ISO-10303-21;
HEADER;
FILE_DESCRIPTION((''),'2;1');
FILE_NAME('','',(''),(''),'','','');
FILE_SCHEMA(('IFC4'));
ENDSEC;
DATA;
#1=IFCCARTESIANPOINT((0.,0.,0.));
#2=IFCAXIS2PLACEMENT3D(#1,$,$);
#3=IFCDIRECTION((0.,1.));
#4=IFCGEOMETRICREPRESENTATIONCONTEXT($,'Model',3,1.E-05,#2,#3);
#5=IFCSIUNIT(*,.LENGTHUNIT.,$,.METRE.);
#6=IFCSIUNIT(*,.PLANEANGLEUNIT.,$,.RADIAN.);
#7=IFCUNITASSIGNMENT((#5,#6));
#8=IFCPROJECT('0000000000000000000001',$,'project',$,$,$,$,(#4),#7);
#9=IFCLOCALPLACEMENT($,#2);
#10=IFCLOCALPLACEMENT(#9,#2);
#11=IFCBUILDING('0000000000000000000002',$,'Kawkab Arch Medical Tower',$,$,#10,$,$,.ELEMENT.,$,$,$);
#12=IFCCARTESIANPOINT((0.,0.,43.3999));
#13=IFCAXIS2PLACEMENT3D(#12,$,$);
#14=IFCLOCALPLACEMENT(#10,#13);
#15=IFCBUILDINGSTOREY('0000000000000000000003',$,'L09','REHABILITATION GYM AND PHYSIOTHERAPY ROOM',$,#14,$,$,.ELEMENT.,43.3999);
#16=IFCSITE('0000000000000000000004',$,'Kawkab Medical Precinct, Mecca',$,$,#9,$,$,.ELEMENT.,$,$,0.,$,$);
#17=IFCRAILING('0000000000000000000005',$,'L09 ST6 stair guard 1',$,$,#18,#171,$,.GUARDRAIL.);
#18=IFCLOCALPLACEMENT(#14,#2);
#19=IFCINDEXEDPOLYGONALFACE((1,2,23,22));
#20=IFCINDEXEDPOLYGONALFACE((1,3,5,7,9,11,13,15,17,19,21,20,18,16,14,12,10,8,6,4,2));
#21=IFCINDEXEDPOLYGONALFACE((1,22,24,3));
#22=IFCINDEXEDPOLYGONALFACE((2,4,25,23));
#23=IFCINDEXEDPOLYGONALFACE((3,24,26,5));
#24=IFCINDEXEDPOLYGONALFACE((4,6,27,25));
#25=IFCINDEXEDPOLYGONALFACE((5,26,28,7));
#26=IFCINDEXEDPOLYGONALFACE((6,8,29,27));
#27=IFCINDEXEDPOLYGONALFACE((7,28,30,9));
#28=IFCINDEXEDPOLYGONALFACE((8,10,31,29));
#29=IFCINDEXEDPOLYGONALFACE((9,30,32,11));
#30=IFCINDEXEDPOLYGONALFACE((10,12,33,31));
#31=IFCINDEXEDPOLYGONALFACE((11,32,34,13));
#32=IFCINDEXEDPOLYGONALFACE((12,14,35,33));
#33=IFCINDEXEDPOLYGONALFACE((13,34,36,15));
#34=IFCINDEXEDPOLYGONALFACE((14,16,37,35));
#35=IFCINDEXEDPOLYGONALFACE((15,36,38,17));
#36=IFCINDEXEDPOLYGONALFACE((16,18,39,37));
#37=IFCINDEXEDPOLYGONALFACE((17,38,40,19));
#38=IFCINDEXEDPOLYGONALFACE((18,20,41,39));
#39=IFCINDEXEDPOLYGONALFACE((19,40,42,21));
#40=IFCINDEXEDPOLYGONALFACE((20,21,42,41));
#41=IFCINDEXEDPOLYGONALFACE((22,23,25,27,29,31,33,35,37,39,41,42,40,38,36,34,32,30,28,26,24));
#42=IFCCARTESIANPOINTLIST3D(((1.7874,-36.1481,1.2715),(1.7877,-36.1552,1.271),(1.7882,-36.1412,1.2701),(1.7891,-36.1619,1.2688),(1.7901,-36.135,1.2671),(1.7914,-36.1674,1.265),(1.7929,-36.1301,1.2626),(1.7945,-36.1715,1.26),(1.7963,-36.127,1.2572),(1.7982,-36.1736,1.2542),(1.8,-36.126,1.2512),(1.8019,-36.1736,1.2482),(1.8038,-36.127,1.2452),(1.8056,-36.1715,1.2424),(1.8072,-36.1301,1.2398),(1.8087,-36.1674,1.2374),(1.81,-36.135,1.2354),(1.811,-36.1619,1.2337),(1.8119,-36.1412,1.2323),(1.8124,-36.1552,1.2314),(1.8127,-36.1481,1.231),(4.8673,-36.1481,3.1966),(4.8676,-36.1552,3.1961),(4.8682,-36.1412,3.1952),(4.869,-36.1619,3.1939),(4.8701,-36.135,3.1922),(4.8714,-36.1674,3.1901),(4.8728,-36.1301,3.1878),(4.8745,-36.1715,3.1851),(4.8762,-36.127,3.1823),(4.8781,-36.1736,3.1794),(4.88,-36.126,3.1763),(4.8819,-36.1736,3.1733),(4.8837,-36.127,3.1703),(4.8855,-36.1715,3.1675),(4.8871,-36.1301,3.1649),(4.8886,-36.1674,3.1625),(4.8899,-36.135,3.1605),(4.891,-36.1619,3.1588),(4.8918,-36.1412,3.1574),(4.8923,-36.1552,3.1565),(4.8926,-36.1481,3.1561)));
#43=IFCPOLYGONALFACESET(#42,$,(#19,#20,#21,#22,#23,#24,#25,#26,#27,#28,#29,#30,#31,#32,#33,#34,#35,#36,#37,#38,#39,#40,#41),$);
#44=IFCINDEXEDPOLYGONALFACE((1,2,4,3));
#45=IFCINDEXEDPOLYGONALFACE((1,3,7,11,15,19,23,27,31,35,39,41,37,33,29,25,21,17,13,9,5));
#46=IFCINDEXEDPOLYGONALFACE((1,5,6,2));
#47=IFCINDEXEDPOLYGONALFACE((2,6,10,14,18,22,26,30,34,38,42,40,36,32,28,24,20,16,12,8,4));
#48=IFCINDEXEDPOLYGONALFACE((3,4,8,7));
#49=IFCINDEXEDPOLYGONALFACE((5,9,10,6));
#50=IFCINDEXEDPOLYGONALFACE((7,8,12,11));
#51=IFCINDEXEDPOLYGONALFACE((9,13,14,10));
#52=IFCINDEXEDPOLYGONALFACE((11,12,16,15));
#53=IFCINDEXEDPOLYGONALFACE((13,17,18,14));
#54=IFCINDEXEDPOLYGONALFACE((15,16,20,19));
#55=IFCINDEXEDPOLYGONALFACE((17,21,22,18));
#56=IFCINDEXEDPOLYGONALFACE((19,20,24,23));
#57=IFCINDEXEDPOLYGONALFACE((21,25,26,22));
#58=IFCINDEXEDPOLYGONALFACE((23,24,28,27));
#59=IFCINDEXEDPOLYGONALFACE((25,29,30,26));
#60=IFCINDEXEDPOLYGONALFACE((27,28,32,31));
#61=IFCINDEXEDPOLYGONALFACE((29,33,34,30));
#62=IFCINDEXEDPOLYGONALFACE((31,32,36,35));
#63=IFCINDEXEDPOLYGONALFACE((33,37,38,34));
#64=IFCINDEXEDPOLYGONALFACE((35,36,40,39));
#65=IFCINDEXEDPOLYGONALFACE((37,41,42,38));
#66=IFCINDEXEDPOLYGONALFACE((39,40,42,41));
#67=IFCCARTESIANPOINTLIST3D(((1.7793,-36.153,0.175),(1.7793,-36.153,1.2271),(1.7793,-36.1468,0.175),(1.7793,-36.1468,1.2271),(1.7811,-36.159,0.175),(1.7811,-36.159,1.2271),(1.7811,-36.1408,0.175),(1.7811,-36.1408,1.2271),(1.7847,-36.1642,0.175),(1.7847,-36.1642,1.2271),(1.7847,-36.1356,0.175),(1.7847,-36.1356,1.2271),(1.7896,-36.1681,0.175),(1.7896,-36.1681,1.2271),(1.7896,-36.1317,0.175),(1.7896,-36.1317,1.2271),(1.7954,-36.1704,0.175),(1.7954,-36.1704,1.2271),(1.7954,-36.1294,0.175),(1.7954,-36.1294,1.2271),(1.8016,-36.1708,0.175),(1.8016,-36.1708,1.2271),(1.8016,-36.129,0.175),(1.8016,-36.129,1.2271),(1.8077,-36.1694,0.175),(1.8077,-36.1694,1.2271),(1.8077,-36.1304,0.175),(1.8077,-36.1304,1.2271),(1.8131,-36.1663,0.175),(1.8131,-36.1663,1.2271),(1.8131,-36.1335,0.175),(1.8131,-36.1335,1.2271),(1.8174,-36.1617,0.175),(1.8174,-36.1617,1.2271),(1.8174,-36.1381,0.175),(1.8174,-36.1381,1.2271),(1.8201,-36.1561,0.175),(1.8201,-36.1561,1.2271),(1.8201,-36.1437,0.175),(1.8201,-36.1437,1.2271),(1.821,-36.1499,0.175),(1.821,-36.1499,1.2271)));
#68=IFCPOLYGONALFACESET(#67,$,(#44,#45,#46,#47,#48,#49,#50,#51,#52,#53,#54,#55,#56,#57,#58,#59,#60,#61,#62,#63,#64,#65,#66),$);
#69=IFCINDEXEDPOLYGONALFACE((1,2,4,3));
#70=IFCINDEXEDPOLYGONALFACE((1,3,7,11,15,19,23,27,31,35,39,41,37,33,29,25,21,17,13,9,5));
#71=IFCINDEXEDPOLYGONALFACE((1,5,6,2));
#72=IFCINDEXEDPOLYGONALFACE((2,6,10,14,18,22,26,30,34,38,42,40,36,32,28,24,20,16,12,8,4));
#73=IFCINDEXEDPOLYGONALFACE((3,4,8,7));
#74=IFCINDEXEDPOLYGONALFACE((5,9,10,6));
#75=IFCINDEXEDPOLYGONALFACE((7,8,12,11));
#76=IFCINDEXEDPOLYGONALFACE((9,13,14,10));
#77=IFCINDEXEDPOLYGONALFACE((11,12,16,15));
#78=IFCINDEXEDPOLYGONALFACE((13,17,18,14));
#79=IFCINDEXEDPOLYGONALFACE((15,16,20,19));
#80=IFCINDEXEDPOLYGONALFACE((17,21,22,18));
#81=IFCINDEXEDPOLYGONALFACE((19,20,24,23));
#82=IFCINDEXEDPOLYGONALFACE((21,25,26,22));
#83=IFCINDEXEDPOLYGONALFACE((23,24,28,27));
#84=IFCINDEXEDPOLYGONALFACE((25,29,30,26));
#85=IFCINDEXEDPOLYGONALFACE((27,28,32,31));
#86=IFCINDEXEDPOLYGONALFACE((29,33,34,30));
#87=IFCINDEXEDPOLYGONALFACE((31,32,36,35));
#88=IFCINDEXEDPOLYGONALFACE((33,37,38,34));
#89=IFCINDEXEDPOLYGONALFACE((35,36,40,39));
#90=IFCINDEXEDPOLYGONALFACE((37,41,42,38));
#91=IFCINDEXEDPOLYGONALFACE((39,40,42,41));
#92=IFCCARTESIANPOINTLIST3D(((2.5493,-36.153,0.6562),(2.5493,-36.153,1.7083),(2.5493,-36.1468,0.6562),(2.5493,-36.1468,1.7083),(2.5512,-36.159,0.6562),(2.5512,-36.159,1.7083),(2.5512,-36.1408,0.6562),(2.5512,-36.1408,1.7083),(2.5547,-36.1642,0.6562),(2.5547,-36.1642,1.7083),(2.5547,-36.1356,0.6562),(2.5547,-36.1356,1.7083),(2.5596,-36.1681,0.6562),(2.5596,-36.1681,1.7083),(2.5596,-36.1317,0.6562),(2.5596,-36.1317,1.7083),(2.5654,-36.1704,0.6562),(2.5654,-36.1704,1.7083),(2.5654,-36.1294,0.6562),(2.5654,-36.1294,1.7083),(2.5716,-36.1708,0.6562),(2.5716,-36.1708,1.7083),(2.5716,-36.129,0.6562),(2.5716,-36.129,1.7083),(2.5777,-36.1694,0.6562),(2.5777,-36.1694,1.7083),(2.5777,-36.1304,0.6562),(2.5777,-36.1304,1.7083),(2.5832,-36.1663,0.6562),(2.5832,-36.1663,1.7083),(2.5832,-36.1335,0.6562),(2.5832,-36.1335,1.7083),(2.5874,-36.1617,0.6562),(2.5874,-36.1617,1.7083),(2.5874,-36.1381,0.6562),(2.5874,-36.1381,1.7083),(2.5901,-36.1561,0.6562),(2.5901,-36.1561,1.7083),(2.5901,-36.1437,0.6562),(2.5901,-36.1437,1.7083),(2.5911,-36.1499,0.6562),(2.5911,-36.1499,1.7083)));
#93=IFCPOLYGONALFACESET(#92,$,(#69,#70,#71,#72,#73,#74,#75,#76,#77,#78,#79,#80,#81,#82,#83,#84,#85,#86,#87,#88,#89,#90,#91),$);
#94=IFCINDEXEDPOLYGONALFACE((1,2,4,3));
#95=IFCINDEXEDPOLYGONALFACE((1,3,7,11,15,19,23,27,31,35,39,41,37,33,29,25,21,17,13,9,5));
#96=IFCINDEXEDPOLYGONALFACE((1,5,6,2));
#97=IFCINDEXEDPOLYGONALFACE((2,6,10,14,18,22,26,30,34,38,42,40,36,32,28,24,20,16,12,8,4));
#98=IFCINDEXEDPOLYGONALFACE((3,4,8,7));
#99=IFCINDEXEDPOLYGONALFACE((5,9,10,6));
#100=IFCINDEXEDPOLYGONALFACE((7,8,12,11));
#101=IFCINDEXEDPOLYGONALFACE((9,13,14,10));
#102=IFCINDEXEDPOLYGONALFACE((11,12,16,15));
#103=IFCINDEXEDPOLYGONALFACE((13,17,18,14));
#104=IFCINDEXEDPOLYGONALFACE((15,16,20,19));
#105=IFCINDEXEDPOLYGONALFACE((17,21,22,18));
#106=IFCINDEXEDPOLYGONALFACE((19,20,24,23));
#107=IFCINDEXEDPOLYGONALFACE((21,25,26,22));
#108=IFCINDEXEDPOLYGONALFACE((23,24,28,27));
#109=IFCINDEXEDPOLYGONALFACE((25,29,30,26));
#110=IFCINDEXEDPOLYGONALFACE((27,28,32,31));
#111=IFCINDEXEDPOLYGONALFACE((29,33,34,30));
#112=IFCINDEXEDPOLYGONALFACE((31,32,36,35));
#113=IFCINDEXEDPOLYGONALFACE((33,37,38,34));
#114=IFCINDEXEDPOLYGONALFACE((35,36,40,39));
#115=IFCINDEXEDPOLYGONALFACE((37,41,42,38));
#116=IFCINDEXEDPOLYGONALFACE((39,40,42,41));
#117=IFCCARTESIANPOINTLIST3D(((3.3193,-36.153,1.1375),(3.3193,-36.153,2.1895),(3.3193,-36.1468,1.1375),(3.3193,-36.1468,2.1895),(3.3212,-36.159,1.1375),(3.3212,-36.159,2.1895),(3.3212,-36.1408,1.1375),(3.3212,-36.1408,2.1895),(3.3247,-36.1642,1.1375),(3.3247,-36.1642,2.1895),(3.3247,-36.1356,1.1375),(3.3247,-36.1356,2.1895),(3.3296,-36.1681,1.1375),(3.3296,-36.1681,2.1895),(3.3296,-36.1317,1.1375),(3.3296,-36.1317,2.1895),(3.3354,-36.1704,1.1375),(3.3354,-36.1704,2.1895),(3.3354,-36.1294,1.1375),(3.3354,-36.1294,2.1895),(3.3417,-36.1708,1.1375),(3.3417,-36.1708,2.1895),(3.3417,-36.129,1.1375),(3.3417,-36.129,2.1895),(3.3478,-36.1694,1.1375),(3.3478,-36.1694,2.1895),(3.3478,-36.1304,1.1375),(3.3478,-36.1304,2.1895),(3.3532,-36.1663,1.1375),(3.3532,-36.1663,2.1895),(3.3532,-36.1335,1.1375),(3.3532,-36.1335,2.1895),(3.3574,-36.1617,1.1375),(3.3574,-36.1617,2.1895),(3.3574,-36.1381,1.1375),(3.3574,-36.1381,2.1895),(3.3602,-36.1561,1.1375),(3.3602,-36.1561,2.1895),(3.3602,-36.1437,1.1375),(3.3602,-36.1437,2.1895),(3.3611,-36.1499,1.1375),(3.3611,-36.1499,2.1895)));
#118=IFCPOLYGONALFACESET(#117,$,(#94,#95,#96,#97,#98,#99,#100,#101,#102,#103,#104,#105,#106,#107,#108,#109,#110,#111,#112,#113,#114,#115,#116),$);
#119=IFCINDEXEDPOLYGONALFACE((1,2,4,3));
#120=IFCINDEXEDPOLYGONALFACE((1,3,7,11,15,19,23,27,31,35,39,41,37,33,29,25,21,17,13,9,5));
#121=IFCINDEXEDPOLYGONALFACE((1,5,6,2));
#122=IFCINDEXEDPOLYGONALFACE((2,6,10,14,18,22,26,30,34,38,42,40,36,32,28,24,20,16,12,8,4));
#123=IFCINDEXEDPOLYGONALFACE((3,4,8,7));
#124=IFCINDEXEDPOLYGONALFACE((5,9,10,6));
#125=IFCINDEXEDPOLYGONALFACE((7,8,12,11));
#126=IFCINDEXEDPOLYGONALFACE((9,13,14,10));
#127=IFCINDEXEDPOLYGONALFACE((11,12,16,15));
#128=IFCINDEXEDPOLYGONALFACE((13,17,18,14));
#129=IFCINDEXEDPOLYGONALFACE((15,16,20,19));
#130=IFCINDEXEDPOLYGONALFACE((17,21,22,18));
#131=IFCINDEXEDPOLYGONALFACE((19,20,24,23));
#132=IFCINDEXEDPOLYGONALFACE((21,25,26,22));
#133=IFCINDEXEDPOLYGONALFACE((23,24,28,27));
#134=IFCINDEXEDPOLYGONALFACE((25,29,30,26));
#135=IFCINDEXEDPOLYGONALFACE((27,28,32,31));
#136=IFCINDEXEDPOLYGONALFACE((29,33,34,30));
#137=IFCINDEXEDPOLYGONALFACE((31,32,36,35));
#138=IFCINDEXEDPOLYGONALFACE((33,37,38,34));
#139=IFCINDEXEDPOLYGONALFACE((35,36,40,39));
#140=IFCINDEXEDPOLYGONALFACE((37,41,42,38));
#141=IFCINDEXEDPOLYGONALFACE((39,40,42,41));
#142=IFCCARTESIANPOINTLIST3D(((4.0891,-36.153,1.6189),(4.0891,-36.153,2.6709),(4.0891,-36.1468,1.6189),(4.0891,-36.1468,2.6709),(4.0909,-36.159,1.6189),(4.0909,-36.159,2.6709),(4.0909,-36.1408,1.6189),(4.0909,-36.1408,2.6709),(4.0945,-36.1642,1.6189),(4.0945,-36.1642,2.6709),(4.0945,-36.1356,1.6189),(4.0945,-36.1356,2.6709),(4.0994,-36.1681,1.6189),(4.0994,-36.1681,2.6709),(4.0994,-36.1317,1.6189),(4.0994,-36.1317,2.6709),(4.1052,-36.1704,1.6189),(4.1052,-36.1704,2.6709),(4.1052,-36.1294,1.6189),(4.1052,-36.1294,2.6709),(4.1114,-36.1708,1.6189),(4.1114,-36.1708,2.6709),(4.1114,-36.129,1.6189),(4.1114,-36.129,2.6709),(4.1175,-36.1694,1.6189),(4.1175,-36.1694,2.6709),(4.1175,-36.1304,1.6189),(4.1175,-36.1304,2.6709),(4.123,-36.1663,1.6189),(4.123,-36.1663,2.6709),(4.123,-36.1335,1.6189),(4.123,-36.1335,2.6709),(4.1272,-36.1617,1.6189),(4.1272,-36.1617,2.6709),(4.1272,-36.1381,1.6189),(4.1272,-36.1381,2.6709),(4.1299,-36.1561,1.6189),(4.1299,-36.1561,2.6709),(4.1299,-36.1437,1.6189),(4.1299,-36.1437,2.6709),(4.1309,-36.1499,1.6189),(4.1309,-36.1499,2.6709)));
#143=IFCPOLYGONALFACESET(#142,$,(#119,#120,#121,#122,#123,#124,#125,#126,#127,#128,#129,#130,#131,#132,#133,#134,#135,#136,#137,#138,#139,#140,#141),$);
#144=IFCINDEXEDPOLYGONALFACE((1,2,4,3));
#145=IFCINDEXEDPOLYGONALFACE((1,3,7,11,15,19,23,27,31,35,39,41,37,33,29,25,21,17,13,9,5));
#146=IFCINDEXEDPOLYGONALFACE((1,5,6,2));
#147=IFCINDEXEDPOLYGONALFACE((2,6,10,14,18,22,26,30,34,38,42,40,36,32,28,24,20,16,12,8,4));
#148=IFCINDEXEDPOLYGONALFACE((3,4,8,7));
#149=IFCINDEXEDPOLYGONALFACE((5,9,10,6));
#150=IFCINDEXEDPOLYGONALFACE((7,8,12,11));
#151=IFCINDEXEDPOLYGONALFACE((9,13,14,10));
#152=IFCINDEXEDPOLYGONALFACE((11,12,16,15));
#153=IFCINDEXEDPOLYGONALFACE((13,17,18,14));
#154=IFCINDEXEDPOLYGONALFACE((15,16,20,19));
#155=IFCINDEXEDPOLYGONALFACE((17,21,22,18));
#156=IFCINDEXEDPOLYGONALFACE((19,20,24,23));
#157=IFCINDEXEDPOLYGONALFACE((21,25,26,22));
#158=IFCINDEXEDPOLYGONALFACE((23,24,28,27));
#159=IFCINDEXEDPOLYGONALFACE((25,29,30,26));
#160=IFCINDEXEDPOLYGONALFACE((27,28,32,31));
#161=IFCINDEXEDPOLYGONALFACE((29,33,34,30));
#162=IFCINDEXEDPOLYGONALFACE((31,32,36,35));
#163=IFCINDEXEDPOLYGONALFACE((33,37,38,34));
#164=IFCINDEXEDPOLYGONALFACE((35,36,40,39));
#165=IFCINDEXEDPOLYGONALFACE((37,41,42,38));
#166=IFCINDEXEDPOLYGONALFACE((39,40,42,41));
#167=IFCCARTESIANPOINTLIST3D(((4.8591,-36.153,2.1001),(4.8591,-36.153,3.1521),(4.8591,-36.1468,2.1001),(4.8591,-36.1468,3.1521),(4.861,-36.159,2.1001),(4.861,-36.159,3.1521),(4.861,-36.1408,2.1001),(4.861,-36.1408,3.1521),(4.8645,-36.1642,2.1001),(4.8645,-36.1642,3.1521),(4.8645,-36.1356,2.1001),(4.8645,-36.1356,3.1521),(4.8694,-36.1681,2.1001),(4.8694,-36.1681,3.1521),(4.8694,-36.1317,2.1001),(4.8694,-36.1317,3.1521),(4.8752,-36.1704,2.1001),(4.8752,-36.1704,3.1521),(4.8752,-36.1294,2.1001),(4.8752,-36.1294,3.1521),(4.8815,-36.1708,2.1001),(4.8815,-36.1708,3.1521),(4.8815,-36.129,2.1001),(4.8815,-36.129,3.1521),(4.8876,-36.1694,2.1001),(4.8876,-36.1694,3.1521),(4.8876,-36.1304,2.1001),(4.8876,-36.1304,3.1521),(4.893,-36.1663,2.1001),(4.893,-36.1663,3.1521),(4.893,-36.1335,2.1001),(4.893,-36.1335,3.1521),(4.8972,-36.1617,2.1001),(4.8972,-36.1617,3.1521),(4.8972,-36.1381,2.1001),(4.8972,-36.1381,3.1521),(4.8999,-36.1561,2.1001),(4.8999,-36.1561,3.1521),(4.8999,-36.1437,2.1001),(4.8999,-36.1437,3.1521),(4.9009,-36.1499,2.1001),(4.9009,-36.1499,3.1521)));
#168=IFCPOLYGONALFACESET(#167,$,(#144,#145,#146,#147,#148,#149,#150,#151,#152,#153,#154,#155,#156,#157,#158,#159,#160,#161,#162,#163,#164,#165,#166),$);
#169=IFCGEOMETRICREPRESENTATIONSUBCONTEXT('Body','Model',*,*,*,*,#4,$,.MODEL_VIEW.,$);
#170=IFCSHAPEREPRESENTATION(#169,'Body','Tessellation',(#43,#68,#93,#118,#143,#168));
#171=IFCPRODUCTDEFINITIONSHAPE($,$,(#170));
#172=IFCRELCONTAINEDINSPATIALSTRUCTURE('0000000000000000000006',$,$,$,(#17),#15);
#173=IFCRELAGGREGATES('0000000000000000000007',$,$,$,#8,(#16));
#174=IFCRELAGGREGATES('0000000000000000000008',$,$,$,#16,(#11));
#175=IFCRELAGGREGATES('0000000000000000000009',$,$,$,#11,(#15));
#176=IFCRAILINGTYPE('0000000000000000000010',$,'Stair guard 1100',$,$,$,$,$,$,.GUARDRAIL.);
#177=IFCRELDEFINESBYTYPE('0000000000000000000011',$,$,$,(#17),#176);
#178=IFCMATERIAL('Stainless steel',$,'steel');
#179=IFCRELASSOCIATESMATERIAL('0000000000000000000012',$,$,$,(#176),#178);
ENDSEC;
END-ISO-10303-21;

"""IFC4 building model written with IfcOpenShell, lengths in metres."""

from ifc_helpers import new_model, si_unit, direction, frame, origin, origin_2d, place, context, subcontext, project, spatial, circle, extrude, material, type_object, element, save


model = new_model("IFC4")

# Units and contexts
model_context = context("Model", 3, precision=1e-05, world=origin(), true_north=direction((0.0, 1.0)))
body_context = subcontext(model_context, "Body", "Model", "MODEL_VIEW")
ifc_project = project(units=[si_unit("LENGTHUNIT", "METRE"), si_unit("PLANEANGLEUNIT", "RADIAN")], contexts=[model_context])

# Site, building, storey
site_placement = place(None, origin())
site = spatial("IfcSite", under=ifc_project, at=site_placement, Name="Kawkab Medical Precinct, Mecca", CompositionType="ELEMENT", RefElevation=0.0)
building_placement = place(site_placement, origin())
building = spatial("IfcBuilding", under=site, at=building_placement, Name="Kawkab Arch Medical Tower", CompositionType="ELEMENT")
storey_placement = place(building_placement, frame((0.0, 0.0, 43.3999)))
storey = spatial("IfcBuildingStorey", under=building, at=storey_placement, Name="L09", Description="REHABILITATION GYM AND PHYSIOTHERAPY ROOM", CompositionType="ELEMENT", Elevation=43.3999)

# Railing
ifc_material_1 = material(Name="Stainless steel", Category="steel")
railing_type_1 = type_object("IfcRailingType", Name="Stair guard 1100", PredefinedType="GUARDRAIL", material=ifc_material_1)
railing_1_placement = place(storey_placement, frame((1.8, -36.1499, 0.175)))
element("IfcRailing", 1, at=railing_1_placement, inside=storey, type_object=railing_type_1, Name="L09 ST6 stair guard 1", PredefinedType="GUARDRAIL", context=body_context, shape_type="SweptSolid", body=[
    extrude(circle(Radius=0.0239, at=origin_2d()), frame((0.0, 0.0, 1.0762), z_axis=(0.847979, 0.0, 0.530029), x_axis=(0.0, 1.0, 0.0)), (0.0, 0.0, 1.0), 3.6321),
    extrude(circle(Radius=0.021, at=origin_2d()), origin(), (0.0, 0.0, 1.0), 1.052),
    extrude(circle(Radius=0.021, at=origin_2d()), frame((0.77, 0.0, 0.4812)), (0.0, 0.0, 1.0), 1.052),
    extrude(circle(Radius=0.021, at=origin_2d()), frame((1.54, 0.0, 0.9624)), (0.0, 0.0, 1.0), 1.052),
    extrude(circle(Radius=0.021, at=origin_2d()), frame((2.3098, 0.0, 1.4438)), (0.0, 0.0, 1.0), 1.052),
    extrude(circle(Radius=0.021, at=origin_2d()), frame((3.0798, 0.0, 1.925)), (0.0, 0.0, 1.0), 1.052),
])

save(model, "model.ifc")
